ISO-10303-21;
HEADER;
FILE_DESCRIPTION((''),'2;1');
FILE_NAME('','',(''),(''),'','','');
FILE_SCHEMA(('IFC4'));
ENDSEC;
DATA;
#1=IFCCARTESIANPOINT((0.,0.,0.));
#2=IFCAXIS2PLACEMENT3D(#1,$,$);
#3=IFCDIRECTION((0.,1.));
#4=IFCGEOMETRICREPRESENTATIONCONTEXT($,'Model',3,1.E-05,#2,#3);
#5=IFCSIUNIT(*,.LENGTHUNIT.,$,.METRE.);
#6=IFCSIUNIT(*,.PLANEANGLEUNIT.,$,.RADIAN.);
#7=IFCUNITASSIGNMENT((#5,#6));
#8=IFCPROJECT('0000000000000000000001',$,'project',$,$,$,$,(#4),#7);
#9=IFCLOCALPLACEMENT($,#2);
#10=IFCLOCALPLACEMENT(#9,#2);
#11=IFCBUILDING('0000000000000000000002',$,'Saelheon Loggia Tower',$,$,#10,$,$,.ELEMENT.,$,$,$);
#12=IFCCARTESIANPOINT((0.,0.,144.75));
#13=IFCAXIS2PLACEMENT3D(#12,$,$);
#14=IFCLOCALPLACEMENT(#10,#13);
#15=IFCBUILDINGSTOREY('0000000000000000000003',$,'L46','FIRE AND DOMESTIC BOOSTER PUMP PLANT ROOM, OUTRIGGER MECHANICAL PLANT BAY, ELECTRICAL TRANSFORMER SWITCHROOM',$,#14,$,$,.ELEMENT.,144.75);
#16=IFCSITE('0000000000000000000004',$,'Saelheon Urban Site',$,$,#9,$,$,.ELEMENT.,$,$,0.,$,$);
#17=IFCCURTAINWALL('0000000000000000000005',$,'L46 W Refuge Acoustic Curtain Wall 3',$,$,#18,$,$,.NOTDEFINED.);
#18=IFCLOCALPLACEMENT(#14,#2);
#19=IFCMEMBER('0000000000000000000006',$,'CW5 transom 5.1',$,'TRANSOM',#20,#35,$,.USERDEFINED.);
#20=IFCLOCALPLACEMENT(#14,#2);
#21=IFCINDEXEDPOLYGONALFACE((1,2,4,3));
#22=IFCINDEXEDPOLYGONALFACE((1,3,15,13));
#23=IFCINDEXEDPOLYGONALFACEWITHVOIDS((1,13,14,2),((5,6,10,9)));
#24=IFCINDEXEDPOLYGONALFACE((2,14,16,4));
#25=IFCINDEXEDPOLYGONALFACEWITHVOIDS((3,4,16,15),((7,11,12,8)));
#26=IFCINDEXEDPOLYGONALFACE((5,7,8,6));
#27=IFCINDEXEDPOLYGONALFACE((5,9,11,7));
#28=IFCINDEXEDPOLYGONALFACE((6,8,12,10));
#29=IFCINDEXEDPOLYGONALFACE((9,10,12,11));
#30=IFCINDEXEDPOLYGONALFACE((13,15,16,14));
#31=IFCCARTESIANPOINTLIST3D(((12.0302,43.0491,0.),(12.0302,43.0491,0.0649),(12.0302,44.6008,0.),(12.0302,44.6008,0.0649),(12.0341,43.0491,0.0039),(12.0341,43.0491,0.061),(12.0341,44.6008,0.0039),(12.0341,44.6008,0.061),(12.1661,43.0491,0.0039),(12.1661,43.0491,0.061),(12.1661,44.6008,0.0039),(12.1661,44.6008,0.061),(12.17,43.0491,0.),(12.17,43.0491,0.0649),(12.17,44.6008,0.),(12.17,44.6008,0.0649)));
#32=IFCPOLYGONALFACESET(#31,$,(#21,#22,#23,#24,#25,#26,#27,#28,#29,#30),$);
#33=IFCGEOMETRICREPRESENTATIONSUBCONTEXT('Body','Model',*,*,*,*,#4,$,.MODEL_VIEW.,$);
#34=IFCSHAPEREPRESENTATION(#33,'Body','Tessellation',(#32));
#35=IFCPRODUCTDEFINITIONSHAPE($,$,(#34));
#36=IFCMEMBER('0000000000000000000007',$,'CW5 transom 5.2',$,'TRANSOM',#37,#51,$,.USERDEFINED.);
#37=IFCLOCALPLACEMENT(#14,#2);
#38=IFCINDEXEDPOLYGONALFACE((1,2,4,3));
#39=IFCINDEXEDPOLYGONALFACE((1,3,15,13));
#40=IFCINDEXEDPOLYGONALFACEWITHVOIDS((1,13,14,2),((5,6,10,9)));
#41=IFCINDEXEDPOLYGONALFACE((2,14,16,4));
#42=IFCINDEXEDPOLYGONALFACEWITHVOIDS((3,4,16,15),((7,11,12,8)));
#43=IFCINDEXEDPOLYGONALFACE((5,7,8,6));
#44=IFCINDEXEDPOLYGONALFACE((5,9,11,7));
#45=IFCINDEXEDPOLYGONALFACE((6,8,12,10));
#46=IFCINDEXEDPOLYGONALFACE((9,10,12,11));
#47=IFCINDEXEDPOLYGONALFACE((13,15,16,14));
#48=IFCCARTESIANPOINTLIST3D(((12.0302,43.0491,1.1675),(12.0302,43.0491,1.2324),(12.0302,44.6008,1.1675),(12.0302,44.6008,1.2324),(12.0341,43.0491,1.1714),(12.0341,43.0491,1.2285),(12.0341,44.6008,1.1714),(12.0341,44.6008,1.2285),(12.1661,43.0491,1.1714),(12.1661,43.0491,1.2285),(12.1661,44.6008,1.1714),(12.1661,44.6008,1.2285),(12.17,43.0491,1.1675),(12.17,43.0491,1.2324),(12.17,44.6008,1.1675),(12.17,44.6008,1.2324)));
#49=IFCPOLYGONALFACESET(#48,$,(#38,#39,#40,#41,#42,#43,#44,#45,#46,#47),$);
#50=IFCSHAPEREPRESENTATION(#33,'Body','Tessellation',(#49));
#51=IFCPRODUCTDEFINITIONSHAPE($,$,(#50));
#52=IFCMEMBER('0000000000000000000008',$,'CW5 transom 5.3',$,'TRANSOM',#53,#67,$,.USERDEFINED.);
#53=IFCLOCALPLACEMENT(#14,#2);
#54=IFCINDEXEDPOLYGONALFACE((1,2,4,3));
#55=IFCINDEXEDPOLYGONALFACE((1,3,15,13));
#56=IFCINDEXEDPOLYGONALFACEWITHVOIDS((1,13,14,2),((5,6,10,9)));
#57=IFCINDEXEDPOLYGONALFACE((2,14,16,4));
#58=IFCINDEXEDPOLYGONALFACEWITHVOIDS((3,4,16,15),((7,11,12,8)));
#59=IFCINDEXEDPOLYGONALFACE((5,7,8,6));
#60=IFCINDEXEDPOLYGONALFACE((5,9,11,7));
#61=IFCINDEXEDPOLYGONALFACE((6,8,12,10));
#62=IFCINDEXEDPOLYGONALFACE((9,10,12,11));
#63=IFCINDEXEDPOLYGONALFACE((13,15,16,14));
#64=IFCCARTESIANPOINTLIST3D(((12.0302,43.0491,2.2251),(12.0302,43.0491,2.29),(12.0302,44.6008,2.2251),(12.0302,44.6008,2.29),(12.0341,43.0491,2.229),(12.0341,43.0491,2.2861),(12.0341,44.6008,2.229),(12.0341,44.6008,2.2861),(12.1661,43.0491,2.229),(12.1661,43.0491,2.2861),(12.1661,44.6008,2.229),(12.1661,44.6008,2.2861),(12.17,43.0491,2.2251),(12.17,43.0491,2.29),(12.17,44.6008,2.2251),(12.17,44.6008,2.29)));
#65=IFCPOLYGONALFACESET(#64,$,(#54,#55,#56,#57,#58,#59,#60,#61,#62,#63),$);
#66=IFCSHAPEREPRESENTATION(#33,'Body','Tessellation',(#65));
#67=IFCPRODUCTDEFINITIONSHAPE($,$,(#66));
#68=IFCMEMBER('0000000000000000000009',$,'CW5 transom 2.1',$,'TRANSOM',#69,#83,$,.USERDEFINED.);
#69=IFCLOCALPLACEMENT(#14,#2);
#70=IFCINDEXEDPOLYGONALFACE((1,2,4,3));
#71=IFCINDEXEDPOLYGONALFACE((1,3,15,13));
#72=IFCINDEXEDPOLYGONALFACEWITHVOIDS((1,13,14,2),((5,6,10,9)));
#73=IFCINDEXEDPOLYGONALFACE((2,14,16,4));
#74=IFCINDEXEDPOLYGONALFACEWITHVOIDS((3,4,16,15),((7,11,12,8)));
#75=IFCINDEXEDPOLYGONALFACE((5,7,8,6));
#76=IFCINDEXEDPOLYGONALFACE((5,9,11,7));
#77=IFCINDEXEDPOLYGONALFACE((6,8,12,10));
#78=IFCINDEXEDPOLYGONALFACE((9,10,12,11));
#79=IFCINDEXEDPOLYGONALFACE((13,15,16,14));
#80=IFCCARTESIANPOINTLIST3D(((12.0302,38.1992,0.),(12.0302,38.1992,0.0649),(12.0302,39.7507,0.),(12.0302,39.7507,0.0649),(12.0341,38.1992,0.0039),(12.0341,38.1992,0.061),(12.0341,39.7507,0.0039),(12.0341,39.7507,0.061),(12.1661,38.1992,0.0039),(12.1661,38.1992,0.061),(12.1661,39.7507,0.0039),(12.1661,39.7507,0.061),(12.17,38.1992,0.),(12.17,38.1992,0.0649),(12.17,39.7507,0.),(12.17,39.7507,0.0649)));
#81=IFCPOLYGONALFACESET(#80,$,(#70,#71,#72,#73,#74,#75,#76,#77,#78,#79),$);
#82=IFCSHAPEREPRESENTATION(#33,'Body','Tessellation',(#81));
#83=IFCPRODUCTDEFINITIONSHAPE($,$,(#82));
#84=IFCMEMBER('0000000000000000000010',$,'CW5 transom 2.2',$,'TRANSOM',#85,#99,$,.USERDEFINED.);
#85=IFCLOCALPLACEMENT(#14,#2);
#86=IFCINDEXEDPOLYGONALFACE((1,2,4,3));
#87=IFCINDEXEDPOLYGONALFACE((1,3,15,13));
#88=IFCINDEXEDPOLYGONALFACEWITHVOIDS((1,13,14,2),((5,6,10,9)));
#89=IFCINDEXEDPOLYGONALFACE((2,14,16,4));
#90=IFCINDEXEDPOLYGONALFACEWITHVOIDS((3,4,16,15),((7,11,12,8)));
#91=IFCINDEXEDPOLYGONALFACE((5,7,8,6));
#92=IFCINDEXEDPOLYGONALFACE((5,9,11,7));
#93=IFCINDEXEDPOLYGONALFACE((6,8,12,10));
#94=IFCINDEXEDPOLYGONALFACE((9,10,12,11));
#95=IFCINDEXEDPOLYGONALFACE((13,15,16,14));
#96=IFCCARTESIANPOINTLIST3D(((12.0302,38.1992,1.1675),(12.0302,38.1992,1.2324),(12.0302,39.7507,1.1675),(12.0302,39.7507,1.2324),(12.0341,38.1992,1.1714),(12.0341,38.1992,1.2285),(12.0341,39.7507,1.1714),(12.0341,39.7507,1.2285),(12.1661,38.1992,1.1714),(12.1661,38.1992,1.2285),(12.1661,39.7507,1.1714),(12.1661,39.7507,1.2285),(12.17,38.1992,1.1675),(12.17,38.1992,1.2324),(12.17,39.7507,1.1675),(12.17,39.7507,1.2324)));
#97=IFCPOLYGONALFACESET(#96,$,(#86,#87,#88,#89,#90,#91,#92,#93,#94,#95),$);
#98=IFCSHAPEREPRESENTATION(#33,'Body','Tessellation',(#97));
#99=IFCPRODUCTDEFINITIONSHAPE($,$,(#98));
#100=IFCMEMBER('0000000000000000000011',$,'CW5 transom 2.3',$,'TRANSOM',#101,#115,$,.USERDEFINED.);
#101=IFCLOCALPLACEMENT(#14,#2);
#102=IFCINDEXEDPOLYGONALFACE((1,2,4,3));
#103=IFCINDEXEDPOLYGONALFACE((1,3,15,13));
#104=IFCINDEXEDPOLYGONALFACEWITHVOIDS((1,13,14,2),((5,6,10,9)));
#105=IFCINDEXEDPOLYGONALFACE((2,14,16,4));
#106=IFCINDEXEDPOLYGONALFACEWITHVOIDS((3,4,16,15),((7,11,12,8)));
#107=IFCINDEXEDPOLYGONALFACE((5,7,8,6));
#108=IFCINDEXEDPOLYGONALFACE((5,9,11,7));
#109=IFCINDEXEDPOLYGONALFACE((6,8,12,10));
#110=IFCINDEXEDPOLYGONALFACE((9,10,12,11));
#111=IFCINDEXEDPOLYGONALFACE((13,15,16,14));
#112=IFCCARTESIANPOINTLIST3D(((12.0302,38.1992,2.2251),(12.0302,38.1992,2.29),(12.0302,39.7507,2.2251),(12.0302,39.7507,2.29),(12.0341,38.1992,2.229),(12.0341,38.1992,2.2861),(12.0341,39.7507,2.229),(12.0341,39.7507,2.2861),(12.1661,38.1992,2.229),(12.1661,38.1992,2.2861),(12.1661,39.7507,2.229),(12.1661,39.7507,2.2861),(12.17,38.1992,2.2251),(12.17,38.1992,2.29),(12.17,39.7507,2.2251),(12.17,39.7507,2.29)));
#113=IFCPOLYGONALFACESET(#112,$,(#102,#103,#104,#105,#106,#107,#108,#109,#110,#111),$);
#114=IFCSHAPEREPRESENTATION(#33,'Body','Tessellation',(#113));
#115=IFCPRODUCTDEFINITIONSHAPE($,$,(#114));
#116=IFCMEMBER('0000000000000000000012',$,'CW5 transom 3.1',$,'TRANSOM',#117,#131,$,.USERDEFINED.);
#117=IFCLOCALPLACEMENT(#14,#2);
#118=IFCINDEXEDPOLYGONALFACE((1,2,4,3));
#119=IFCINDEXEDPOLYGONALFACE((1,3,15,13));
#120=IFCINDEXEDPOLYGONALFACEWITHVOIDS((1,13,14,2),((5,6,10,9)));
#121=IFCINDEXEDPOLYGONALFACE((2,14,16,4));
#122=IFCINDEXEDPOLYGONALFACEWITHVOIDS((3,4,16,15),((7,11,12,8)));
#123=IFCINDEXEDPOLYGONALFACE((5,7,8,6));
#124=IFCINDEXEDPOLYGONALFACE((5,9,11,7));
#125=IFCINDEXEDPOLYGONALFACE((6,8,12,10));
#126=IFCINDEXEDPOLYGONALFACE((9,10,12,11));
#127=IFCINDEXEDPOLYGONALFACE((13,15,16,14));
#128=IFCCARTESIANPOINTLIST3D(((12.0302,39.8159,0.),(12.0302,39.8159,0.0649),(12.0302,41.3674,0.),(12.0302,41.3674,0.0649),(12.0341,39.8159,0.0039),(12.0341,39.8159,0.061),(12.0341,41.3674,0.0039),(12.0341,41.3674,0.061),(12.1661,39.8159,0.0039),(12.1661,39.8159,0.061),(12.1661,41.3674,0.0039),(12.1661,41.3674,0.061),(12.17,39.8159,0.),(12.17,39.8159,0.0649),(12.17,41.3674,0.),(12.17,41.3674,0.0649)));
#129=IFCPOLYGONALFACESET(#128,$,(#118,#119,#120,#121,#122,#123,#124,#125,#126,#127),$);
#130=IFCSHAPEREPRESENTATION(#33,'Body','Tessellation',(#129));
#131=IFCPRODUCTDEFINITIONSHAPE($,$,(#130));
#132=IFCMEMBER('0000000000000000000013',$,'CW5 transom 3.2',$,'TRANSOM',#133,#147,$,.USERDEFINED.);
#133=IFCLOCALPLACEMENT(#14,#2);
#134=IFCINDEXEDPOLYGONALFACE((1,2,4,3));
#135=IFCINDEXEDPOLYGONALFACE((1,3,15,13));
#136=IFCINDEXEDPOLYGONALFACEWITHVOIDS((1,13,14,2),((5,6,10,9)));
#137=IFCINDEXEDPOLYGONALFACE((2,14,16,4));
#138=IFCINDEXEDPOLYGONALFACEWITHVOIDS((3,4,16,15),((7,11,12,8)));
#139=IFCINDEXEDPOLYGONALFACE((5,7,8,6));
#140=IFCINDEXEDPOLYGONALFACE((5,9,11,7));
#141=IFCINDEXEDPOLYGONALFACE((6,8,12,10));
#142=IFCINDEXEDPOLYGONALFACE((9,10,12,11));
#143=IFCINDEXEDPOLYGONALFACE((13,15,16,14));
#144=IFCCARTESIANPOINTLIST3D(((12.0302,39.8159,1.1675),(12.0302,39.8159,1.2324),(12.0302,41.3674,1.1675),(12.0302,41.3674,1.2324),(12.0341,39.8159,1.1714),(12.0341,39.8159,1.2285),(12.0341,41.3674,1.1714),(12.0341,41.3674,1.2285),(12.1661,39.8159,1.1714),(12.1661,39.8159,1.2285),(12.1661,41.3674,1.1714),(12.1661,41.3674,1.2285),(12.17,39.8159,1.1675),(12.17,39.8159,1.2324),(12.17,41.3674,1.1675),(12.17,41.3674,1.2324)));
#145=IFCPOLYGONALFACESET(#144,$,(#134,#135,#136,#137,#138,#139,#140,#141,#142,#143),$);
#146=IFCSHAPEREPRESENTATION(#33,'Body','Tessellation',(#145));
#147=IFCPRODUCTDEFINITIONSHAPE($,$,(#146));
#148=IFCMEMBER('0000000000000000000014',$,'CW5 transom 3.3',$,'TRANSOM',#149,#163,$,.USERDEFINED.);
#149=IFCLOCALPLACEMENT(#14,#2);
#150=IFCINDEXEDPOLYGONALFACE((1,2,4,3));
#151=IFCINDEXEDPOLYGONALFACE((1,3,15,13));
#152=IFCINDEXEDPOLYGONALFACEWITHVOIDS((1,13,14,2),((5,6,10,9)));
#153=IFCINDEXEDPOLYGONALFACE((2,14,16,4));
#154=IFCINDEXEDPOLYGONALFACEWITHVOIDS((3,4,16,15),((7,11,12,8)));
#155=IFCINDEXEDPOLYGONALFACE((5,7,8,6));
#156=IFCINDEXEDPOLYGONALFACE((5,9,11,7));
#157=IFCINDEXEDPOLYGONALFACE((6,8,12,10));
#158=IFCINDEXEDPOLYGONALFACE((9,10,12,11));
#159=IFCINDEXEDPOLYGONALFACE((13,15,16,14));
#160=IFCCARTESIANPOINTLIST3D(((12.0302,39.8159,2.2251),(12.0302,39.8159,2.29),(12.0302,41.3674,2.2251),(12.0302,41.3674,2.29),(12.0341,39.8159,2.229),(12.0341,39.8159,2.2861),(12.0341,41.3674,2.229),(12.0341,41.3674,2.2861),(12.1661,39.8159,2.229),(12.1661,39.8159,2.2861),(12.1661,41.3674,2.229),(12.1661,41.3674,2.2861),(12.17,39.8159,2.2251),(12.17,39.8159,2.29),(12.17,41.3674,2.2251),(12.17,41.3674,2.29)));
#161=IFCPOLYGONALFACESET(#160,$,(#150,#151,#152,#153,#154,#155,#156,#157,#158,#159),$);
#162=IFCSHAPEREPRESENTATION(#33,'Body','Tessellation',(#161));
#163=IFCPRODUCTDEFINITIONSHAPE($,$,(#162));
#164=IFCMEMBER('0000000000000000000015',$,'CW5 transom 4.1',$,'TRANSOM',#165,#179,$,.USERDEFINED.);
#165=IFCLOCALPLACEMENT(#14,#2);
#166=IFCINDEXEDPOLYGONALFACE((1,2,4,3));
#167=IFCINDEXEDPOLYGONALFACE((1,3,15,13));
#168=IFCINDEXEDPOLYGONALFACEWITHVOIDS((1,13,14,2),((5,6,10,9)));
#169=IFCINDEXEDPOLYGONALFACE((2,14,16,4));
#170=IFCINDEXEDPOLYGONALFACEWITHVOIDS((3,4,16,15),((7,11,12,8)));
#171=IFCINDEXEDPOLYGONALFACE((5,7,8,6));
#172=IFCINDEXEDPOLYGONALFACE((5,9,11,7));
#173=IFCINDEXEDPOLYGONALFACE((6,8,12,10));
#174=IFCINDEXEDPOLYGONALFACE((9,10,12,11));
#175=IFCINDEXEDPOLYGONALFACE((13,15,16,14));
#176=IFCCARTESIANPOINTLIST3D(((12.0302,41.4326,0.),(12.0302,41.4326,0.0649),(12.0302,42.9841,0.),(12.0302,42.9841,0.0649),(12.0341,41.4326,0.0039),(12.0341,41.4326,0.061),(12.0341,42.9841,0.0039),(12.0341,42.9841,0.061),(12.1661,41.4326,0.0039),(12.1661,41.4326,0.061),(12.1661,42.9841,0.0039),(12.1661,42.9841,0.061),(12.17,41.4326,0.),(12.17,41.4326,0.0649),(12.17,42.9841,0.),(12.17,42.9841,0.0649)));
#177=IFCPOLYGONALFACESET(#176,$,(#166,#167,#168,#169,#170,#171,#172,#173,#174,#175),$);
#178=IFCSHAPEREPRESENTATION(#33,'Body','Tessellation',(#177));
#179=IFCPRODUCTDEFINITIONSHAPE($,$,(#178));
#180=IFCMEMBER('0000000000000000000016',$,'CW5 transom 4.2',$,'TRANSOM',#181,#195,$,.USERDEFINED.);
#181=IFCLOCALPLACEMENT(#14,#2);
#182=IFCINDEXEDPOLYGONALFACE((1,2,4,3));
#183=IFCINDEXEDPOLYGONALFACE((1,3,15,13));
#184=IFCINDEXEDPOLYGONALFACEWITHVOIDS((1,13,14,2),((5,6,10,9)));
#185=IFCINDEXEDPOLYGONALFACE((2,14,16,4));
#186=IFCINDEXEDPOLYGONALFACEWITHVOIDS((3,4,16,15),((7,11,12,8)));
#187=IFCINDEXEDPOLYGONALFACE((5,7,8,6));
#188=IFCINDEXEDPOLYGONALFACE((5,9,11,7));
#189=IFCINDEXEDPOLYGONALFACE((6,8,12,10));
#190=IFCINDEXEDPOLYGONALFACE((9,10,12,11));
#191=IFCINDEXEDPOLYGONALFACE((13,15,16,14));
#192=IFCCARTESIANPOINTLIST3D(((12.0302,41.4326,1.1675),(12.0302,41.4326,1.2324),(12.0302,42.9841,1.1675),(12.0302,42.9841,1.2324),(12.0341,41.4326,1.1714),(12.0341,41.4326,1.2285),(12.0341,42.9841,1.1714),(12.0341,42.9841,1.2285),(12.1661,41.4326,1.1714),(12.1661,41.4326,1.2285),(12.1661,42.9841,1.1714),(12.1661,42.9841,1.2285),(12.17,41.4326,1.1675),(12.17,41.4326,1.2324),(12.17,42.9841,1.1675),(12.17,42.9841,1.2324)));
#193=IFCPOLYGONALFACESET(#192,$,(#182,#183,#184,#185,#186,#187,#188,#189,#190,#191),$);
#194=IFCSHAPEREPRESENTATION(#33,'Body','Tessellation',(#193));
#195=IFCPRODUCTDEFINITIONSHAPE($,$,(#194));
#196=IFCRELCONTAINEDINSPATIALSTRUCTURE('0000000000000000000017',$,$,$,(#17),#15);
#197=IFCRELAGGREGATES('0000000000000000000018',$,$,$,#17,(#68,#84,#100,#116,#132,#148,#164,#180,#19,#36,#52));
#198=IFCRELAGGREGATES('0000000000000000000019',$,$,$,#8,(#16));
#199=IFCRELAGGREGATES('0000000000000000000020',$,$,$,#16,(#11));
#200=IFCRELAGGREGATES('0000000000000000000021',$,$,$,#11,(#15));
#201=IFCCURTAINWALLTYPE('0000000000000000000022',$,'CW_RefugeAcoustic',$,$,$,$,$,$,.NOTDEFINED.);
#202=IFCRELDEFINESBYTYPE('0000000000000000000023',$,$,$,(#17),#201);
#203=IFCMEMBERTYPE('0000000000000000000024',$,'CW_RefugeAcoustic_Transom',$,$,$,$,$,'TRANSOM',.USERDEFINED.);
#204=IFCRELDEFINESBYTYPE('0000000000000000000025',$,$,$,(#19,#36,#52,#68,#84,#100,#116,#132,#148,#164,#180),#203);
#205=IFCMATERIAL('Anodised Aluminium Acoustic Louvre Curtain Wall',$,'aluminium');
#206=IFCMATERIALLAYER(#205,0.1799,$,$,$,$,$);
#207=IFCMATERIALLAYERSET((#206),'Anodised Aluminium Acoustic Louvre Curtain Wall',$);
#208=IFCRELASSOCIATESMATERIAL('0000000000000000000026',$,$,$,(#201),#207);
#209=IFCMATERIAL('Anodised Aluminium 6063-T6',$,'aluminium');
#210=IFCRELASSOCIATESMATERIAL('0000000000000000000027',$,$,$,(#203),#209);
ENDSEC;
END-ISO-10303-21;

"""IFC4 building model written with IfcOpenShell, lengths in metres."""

from ifc_helpers import new_model, si_unit, direction, frame, origin, origin_2d, place, context, subcontext, project, spatial, hollow_rectangle, extrude, source, transform, mapped, material, layer, layer_set, material_profile, profile_set, type_object, element, aggregate, save


model = new_model("IFC4")

# Units and contexts
model_context = context("Model", 3, precision=1e-05, world=origin(), true_north=direction((0.0, 1.0)))
body_context = subcontext(model_context, "Body", "Model", "MODEL_VIEW")
ifc_project = project(units=[si_unit("LENGTHUNIT", "METRE"), si_unit("PLANEANGLEUNIT", "RADIAN")], contexts=[model_context])

# Site, building, storey
site_placement = place(None, origin())
site = spatial("IfcSite", under=ifc_project, at=site_placement, Name="Saelheon Urban Site", CompositionType="ELEMENT", RefElevation=0.0)
building_placement = place(site_placement, origin())
building = spatial("IfcBuilding", under=site, at=building_placement, Name="Saelheon Loggia Tower", CompositionType="ELEMENT")
storey_placement = place(building_placement, frame((0.0, 0.0, 144.75)))
storey = spatial("IfcBuildingStorey", under=building, at=storey_placement, Name="L46", Description="FIRE AND DOMESTIC BOOSTER PUMP PLANT ROOM, OUTRIGGER MECHANICAL PLANT BAY, ELECTRICAL TRANSFORMER SWITCHROOM", CompositionType="ELEMENT", Elevation=144.75)

# Curtain wall, members
ifc_material_1 = material(Name="Anodised Aluminium Acoustic Louvre Curtain Wall", Category="aluminium")
ifc_layer_1 = layer(ifc_material_1, 0.1799)
ifc_layer_set_1 = layer_set([ifc_layer_1], Name="Anodised Aluminium Acoustic Louvre Curtain Wall")
curtain_wall_type = type_object("IfcCurtainWallType", Name="CW_RefugeAcoustic", PredefinedType="NOTDEFINED", material=ifc_layer_set_1)
curtain_wall_placement = place(storey_placement, origin())
curtain_wall = element("IfcCurtainWall", 1, at=curtain_wall_placement, inside=storey, type_object=curtain_wall_type, Name="L46 W Refuge Acoustic Curtain Wall 3", PredefinedType="NOTDEFINED")
ifc_material_2 = material(Name="Anodised Aluminium 6063-T6", Category="aluminium")
ifc_material_profile_1 = material_profile(ifc_material_2, hollow_rectangle(XDim=0.0649, YDim=0.1399, WallThickness=0.0039, at=origin_2d()), Name="RHS-140x65x4")
ifc_profile_set_1 = profile_set([ifc_material_profile_1], Name="Anodised Aluminium 6063-T6")
member_type_1 = type_object("IfcMemberType", Name="CW_RefugeAcoustic_Transom", ElementType="TRANSOM", PredefinedType="USERDEFINED", material=ifc_profile_set_1)
shared_shape_1 = source(origin(), body_context, "Body", "SweptSolid", [
    extrude(hollow_rectangle(XDim=0.0649, YDim=0.1399, WallThickness=0.0039, at=origin_2d()), origin(), (0.0, 0.0, 1.0), 1.5518),
])
member_1_placement = place(storey_placement, frame((12.1001, 43.0491, 0.0325), z_axis=(0.0, 1.0, 0.0), x_axis=(0.0, 0.0, 1.0)))
member_1 = element("IfcMember", 2, at=member_1_placement, type_object=member_type_1, Name="CW5 transom 5.1", ObjectType="TRANSOM", PredefinedType="USERDEFINED", context=body_context, shape_type="MappedRepresentation", body=[
    mapped(shared_shape_1, transform((0.0, 0.0, 0.0), scale=1.0)),
])
member_2_placement = place(storey_placement, frame((12.1001, 43.0491, 1.2), z_axis=(0.0, 1.0, 0.0), x_axis=(0.0, 0.0, 1.0)))
member_2 = element("IfcMember", 3, at=member_2_placement, type_object=member_type_1, Name="CW5 transom 5.2", ObjectType="TRANSOM", PredefinedType="USERDEFINED", context=body_context, shape_type="MappedRepresentation", body=[
    mapped(shared_shape_1, transform((0.0, 0.0, 0.0), scale=1.0)),
])
member_3_placement = place(storey_placement, frame((12.1001, 43.0491, 2.2576), z_axis=(0.0, 1.0, 0.0), x_axis=(0.0, 0.0, 1.0)))
member_3 = element("IfcMember", 4, at=member_3_placement, type_object=member_type_1, Name="CW5 transom 5.3", ObjectType="TRANSOM", PredefinedType="USERDEFINED", context=body_context, shape_type="MappedRepresentation", body=[
    mapped(shared_shape_1, transform((0.0, 0.0, 0.0), scale=1.0)),
])
shared_shape_2 = source(origin(), body_context, "Body", "SweptSolid", [
    extrude(hollow_rectangle(XDim=0.0649, YDim=0.1399, WallThickness=0.0039, at=origin_2d()), origin(), (0.0, 0.0, 1.0), 1.5515),
])
member_4_placement = place(storey_placement, frame((12.1001, 38.1992, 0.0325), z_axis=(0.0, 1.0, 0.0), x_axis=(0.0, 0.0, 1.0)))
member_4 = element("IfcMember", 5, at=member_4_placement, type_object=member_type_1, Name="CW5 transom 2.1", ObjectType="TRANSOM", PredefinedType="USERDEFINED", context=body_context, shape_type="MappedRepresentation", body=[
    mapped(shared_shape_2, transform((0.0, 0.0, 0.0), scale=1.0)),
])
member_5_placement = place(storey_placement, frame((12.1001, 38.1992, 1.2), z_axis=(0.0, 1.0, 0.0), x_axis=(0.0, 0.0, 1.0)))
member_5 = element("IfcMember", 6, at=member_5_placement, type_object=member_type_1, Name="CW5 transom 2.2", ObjectType="TRANSOM", PredefinedType="USERDEFINED", context=body_context, shape_type="MappedRepresentation", body=[
    mapped(shared_shape_2, transform((0.0, 0.0, 0.0), scale=1.0)),
])
member_6_placement = place(storey_placement, frame((12.1001, 38.1992, 2.2576), z_axis=(0.0, 1.0, 0.0), x_axis=(0.0, 0.0, 1.0)))
member_6 = element("IfcMember", 7, at=member_6_placement, type_object=member_type_1, Name="CW5 transom 2.3", ObjectType="TRANSOM", PredefinedType="USERDEFINED", context=body_context, shape_type="MappedRepresentation", body=[
    mapped(shared_shape_2, transform((0.0, 0.0, 0.0), scale=1.0)),
])
member_7_placement = place(storey_placement, frame((12.1001, 39.8159, 0.0325), z_axis=(0.0, 1.0, 0.0), x_axis=(0.0, 0.0, 1.0)))
member_7 = element("IfcMember", 8, at=member_7_placement, type_object=member_type_1, Name="CW5 transom 3.1", ObjectType="TRANSOM", PredefinedType="USERDEFINED", context=body_context, shape_type="MappedRepresentation", body=[
    mapped(shared_shape_2, transform((0.0, 0.0, 0.0), scale=1.0)),
])
member_8_placement = place(storey_placement, frame((12.1001, 39.8159, 1.2), z_axis=(0.0, 1.0, 0.0), x_axis=(0.0, 0.0, 1.0)))
member_8 = element("IfcMember", 9, at=member_8_placement, type_object=member_type_1, Name="CW5 transom 3.2", ObjectType="TRANSOM", PredefinedType="USERDEFINED", context=body_context, shape_type="MappedRepresentation", body=[
    mapped(shared_shape_2, transform((0.0, 0.0, 0.0), scale=1.0)),
])
member_9_placement = place(storey_placement, frame((12.1001, 39.8159, 2.2576), z_axis=(0.0, 1.0, 0.0), x_axis=(0.0, 0.0, 1.0)))
member_9 = element("IfcMember", 10, at=member_9_placement, type_object=member_type_1, Name="CW5 transom 3.3", ObjectType="TRANSOM", PredefinedType="USERDEFINED", context=body_context, shape_type="MappedRepresentation", body=[
    mapped(shared_shape_2, transform((0.0, 0.0, 0.0), scale=1.0)),
])
member_10_placement = place(storey_placement, frame((12.1001, 41.4326, 0.0325), z_axis=(0.0, 1.0, 0.0), x_axis=(0.0, 0.0, 1.0)))
member_10 = element("IfcMember", 11, at=member_10_placement, type_object=member_type_1, Name="CW5 transom 4.1", ObjectType="TRANSOM", PredefinedType="USERDEFINED", context=body_context, shape_type="MappedRepresentation", body=[
    mapped(shared_shape_2, transform((0.0, 0.0, 0.0), scale=1.0)),
])
member_11_placement = place(storey_placement, frame((12.1001, 41.4326, 1.2), z_axis=(0.0, 1.0, 0.0), x_axis=(0.0, 0.0, 1.0)))
member_11 = element("IfcMember", 12, at=member_11_placement, type_object=member_type_1, Name="CW5 transom 4.2", ObjectType="TRANSOM", PredefinedType="USERDEFINED", context=body_context, shape_type="MappedRepresentation", body=[
    mapped(shared_shape_2, transform((0.0, 0.0, 0.0), scale=1.0)),
])
aggregate(curtain_wall, [member_4, member_5, member_6, member_7, member_8, member_9, member_10, member_11, member_1, member_2, member_3])

save(model, "model.ifc")
